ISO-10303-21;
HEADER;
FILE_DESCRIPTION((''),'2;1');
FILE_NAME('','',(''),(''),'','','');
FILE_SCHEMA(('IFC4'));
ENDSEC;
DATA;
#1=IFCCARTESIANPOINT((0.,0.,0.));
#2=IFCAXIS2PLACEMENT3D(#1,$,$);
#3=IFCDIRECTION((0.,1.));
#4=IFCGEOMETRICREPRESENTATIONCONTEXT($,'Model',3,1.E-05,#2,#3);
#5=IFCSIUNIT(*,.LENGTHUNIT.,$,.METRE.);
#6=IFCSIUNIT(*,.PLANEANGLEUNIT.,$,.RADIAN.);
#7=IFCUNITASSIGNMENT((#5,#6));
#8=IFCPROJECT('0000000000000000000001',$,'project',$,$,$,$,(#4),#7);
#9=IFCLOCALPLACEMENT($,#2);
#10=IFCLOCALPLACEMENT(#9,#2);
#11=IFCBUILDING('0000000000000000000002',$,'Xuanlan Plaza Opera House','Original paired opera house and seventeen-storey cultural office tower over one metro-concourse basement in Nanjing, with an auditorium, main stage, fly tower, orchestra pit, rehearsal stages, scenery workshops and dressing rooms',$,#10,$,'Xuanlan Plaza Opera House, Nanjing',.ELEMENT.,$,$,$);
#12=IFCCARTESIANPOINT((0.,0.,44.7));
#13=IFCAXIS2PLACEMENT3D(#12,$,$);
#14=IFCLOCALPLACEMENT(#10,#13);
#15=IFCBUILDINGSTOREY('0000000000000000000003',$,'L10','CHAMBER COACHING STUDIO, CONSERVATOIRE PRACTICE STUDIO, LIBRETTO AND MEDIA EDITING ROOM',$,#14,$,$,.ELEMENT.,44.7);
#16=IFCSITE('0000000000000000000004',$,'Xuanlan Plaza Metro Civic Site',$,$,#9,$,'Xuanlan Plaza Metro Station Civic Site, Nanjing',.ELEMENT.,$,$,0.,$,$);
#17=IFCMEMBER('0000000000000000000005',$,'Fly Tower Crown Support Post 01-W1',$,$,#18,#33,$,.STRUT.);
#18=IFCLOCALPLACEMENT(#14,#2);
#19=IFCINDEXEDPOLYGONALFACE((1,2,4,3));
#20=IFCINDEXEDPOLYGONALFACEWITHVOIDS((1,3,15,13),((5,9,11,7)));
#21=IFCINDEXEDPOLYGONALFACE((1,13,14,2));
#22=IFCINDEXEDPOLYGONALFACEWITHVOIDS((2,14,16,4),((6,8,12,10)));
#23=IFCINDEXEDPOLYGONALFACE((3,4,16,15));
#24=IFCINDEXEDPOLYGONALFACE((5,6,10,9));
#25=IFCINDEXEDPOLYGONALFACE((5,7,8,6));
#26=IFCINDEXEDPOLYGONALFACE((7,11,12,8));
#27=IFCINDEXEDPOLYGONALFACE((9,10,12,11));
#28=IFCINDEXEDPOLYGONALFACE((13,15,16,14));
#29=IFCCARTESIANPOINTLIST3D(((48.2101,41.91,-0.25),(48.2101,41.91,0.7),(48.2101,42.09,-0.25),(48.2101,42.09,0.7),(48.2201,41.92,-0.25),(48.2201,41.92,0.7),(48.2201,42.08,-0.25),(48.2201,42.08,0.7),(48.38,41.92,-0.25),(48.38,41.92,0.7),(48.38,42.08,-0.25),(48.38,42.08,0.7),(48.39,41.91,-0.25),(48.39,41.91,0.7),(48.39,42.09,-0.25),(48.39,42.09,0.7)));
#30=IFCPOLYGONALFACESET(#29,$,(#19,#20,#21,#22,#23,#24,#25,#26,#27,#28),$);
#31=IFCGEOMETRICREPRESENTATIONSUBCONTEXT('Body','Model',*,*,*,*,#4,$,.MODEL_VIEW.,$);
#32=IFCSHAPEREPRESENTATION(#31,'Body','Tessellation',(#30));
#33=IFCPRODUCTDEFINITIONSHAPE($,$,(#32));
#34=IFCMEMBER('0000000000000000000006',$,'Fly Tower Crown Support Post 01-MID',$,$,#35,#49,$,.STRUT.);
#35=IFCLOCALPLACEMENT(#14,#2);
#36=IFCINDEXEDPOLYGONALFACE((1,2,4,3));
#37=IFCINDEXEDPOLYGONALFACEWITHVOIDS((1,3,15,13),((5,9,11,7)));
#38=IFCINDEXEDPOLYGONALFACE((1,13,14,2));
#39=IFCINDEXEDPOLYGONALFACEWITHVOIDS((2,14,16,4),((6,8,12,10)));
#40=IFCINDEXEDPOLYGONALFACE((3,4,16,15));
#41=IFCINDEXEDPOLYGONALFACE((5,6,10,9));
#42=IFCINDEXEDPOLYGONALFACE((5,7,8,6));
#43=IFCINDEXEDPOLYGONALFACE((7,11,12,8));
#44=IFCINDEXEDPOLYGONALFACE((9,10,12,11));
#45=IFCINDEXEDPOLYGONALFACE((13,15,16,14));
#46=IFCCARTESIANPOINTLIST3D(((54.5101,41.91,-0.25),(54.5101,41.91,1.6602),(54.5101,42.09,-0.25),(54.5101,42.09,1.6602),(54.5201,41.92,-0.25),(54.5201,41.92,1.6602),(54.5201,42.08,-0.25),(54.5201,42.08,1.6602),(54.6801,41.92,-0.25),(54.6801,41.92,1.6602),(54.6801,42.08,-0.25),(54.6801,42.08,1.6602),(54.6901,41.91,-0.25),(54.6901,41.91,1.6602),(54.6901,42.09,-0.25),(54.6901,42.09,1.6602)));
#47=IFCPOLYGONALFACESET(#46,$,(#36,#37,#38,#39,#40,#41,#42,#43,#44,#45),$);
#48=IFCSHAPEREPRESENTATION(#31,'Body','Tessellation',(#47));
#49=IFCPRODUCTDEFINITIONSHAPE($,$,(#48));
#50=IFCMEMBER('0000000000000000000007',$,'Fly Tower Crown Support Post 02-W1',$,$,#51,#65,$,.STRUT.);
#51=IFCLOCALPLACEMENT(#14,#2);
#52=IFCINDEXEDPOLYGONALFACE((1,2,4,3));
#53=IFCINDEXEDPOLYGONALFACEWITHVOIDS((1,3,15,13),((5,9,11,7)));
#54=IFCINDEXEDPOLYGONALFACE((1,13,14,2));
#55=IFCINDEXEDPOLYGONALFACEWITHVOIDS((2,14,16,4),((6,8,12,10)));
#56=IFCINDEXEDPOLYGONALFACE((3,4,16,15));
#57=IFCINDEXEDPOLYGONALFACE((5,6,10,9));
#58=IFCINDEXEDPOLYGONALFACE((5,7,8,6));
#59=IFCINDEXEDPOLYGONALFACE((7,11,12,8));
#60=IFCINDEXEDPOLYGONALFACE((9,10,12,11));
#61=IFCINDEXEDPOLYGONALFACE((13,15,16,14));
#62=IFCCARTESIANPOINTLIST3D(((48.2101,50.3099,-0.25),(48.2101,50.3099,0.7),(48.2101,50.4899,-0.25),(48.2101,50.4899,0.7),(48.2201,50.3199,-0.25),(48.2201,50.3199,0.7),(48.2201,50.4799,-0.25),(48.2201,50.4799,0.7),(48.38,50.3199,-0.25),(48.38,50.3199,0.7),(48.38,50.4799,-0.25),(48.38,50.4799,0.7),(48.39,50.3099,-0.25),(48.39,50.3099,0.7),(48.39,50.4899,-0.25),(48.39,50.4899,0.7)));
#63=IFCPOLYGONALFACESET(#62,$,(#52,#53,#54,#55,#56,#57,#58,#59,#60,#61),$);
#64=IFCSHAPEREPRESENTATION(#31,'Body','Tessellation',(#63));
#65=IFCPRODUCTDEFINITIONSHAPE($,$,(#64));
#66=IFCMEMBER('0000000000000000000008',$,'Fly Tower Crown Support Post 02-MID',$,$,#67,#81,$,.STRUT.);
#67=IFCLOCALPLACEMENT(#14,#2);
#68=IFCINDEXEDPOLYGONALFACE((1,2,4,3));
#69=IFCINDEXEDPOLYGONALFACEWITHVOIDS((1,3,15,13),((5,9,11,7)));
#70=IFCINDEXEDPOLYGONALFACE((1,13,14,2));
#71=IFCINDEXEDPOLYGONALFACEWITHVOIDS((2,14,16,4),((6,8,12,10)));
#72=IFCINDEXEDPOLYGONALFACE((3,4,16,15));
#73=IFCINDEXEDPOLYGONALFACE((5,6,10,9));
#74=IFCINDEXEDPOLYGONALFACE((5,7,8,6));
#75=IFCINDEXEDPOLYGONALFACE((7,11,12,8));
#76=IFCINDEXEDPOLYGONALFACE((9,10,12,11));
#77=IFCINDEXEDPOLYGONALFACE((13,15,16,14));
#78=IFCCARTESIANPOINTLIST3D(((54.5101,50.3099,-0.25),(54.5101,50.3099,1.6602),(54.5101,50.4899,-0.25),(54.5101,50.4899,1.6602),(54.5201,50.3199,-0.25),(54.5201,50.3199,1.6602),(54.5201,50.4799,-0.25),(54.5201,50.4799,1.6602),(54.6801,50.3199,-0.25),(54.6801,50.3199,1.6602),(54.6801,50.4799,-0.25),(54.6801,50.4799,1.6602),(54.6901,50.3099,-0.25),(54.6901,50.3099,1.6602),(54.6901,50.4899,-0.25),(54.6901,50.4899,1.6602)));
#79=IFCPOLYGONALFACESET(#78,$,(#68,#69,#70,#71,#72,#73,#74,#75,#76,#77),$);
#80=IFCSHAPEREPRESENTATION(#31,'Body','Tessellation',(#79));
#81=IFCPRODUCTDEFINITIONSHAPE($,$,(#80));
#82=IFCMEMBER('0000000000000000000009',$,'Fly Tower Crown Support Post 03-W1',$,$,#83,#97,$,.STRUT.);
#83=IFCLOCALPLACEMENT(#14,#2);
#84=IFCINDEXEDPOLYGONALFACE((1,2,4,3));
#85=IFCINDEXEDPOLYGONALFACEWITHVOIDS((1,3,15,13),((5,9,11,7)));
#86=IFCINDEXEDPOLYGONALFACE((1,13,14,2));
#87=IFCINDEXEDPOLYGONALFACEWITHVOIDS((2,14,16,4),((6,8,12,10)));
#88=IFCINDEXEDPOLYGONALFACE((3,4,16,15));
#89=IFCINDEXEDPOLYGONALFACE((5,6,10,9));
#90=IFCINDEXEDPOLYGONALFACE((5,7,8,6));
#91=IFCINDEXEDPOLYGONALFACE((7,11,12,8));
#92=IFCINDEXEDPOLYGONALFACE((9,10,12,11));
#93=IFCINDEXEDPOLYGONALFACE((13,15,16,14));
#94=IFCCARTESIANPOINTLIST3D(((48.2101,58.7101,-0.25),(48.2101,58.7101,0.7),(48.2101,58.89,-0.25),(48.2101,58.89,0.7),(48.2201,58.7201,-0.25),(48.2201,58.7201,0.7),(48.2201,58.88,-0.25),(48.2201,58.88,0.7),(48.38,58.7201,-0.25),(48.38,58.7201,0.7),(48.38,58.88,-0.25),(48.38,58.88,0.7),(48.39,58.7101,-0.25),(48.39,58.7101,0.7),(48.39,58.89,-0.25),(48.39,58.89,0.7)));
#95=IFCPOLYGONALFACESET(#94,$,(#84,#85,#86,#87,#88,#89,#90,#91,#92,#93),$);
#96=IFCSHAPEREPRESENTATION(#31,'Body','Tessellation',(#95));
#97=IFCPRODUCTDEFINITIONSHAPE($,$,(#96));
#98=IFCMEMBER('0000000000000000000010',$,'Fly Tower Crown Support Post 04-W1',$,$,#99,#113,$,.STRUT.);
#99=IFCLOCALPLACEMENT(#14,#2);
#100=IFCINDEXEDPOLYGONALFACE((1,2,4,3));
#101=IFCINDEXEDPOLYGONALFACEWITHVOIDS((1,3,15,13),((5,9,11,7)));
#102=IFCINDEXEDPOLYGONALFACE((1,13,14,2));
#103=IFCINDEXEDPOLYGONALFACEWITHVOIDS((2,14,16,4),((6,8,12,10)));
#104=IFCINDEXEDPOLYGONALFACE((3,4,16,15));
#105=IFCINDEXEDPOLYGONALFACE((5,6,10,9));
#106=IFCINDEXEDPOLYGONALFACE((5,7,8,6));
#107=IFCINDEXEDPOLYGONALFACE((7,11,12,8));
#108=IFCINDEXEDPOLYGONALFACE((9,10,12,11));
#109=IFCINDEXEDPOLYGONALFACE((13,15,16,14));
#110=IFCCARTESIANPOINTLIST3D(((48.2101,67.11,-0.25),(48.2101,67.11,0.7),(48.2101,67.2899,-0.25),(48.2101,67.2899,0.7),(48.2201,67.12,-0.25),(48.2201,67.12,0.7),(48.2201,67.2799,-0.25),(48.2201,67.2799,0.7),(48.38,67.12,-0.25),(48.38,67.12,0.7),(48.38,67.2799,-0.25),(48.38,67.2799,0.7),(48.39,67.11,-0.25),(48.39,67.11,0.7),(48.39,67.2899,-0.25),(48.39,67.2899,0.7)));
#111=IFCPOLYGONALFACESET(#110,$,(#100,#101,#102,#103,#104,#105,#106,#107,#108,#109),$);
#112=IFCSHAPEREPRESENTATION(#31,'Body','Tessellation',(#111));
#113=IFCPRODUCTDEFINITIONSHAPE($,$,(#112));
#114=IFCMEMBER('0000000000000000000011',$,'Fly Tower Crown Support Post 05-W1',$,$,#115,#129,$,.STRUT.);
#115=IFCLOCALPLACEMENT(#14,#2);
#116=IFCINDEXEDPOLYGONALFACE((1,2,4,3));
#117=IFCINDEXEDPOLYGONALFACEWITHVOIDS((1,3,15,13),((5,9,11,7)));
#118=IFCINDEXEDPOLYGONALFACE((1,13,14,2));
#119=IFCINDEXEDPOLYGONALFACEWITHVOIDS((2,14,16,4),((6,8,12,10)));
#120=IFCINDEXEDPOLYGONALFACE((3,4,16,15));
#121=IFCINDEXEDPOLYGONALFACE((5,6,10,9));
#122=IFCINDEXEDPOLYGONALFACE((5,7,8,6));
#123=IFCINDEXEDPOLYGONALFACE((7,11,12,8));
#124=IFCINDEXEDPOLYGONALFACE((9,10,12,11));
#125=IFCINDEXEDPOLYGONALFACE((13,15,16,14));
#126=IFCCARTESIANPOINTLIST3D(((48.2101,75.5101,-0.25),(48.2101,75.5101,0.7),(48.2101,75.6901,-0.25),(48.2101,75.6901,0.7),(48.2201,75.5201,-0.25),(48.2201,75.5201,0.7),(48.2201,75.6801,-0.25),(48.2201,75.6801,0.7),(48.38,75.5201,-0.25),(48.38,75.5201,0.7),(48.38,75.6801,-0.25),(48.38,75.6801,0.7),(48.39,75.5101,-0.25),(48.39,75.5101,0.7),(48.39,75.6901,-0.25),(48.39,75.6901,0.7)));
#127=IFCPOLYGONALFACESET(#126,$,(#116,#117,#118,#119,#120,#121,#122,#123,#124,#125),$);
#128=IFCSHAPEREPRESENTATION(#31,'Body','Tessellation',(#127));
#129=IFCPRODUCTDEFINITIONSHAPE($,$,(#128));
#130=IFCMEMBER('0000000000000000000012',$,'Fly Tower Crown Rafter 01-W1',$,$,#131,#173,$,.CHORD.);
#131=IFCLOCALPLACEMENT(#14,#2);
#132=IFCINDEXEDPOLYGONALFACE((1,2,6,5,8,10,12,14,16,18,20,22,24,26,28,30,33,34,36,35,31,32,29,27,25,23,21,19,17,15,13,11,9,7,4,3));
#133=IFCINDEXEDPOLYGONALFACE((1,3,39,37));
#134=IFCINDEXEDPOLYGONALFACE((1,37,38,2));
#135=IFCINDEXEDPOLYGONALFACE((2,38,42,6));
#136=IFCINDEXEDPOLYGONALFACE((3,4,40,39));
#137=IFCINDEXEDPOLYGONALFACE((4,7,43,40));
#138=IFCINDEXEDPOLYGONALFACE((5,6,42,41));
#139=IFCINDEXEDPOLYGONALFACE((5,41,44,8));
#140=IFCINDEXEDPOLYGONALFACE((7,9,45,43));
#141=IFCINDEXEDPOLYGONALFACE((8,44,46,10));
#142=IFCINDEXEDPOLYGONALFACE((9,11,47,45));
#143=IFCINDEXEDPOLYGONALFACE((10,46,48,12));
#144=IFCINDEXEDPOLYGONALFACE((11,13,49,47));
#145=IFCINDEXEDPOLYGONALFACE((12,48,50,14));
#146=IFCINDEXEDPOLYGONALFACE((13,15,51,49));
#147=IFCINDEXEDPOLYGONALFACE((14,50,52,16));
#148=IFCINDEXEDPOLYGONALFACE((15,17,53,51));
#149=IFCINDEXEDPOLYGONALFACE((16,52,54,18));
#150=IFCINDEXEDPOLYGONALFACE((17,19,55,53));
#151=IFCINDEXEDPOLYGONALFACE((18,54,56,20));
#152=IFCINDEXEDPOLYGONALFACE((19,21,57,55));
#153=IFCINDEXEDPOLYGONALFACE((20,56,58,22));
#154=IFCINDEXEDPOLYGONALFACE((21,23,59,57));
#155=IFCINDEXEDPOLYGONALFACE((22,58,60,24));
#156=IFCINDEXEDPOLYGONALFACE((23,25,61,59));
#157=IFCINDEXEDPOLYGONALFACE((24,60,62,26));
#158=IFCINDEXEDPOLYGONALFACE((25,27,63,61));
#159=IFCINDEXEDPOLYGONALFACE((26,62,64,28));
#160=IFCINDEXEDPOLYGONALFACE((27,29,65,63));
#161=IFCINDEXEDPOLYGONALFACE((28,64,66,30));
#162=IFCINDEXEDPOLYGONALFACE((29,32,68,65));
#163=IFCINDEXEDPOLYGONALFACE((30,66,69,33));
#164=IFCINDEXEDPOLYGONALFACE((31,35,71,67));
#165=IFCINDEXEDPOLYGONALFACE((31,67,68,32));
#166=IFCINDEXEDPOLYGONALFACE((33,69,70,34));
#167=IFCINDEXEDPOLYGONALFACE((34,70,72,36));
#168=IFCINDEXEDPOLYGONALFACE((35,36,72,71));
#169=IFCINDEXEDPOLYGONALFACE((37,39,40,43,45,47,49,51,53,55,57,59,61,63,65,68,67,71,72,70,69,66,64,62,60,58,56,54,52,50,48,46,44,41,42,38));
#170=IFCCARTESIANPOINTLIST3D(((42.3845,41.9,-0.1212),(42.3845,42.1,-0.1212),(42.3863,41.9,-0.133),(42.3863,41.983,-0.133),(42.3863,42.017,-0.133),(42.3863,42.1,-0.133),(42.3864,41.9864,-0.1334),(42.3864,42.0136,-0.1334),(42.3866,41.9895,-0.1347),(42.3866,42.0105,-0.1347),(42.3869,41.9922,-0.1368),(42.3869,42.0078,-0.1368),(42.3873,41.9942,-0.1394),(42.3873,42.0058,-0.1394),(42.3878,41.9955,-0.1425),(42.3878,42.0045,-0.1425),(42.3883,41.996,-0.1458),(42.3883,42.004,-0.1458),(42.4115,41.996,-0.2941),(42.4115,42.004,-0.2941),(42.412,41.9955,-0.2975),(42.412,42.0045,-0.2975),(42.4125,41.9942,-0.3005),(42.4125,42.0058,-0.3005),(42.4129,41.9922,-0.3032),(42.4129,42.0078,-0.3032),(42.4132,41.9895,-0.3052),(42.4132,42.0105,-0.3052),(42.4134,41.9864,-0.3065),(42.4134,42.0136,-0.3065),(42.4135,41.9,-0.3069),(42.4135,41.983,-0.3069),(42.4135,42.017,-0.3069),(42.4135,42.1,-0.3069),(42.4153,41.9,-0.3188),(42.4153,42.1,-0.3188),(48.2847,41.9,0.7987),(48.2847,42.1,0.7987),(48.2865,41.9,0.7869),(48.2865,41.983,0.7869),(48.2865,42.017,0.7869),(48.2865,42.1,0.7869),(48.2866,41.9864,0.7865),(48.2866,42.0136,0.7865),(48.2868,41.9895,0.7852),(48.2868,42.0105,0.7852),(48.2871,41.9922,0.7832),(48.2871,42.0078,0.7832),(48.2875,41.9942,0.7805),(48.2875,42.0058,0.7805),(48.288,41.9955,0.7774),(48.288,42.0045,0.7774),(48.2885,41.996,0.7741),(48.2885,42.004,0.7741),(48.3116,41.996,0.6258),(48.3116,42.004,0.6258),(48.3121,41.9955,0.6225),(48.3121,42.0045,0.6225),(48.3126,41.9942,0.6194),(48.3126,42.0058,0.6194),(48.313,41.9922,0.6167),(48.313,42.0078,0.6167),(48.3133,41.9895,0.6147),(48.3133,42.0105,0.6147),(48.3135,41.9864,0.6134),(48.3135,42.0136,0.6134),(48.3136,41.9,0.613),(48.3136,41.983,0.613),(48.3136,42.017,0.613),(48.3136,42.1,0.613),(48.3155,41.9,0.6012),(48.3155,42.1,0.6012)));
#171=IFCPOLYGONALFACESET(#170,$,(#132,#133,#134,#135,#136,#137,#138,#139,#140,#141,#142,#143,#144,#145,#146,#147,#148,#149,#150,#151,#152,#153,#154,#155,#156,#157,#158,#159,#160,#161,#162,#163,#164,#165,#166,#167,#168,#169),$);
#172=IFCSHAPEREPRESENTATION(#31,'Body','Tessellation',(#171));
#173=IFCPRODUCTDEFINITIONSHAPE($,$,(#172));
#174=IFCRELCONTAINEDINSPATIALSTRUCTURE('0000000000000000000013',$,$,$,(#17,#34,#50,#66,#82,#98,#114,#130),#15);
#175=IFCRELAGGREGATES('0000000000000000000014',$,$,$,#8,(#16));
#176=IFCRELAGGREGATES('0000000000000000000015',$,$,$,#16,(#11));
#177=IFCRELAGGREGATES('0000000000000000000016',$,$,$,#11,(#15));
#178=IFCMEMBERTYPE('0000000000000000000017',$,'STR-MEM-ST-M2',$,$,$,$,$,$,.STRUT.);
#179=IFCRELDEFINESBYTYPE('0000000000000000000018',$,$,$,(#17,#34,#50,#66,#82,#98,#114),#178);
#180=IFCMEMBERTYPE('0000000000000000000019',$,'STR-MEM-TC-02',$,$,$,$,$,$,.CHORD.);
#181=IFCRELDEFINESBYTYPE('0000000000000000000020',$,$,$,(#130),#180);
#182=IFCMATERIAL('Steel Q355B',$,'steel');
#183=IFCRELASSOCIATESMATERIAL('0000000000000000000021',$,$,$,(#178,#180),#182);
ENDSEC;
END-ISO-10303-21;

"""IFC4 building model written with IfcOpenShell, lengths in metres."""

from ifc_helpers import new_model, si_unit, direction, frame, origin, origin_2d, place, context, subcontext, project, spatial, hollow_rectangle, i_section, extrude, material, material_profile, profile_set, type_object, element, save


model = new_model("IFC4")

# Units and contexts
model_context = context("Model", 3, precision=1e-05, world=origin(), true_north=direction((0.0, 1.0)))
body_context = subcontext(model_context, "Body", "Model", "MODEL_VIEW")
ifc_project = project(units=[si_unit("LENGTHUNIT", "METRE"), si_unit("PLANEANGLEUNIT", "RADIAN")], contexts=[model_context])

# Site, building, storey
site_placement = place(None, origin())
site = spatial("IfcSite", under=ifc_project, at=site_placement, Name="Xuanlan Plaza Metro Civic Site", LongName="Xuanlan Plaza Metro Station Civic Site, Nanjing", CompositionType="ELEMENT", RefElevation=0.0)
building_placement = place(site_placement, origin())
building = spatial("IfcBuilding", under=site, at=building_placement, Name="Xuanlan Plaza Opera House", Description="Original paired opera house and seventeen-storey cultural office tower over one metro-concourse basement in Nanjing, with an auditorium, main stage, fly tower, orchestra pit, rehearsal stages, scenery workshops and dressing rooms", LongName="Xuanlan Plaza Opera House, Nanjing", CompositionType="ELEMENT")
storey_placement = place(building_placement, frame((0.0, 0.0, 44.7)))
storey = spatial("IfcBuildingStorey", under=building, at=storey_placement, Name="L10", Description="CHAMBER COACHING STUDIO, CONSERVATOIRE PRACTICE STUDIO, LIBRETTO AND MEDIA EDITING ROOM", CompositionType="ELEMENT", Elevation=44.7)

# Members
ifc_material_1 = material(Name="Steel Q355B", Category="steel")
ifc_material_profile_1 = material_profile(ifc_material_1, hollow_rectangle(XDim=0.1799, YDim=0.1799, WallThickness=0.01, at=origin_2d()), Name="SHS 180x180x10")
ifc_profile_set_1 = profile_set([ifc_material_profile_1], Name="Steel Q355B")
member_type_1 = type_object("IfcMemberType", Name="STR-MEM-ST-M2", PredefinedType="STRUT", material=ifc_profile_set_1)
member_1_placement = place(storey_placement, frame((48.3, 42.0, -0.25), z_axis=(0.0, 0.0, 1.0), x_axis=(1.0, 0.0, 0.0)))
element("IfcMember", 1, at=member_1_placement, inside=storey, type_object=member_type_1, Name="Fly Tower Crown Support Post 01-W1", PredefinedType="STRUT", context=body_context, shape_type="SweptSolid", body=[
    extrude(hollow_rectangle(XDim=0.1799, YDim=0.1799, WallThickness=0.01, at=origin_2d()), origin(), (0.0, 0.0, 1.0), 0.95),
])
member_2_placement = place(storey_placement, frame((54.6001, 42.0, -0.25), z_axis=(0.0, 0.0, 1.0), x_axis=(1.0, 0.0, 0.0)))
element("IfcMember", 2, at=member_2_placement, inside=storey, type_object=member_type_1, Name="Fly Tower Crown Support Post 01-MID", PredefinedType="STRUT", context=body_context, shape_type="SweptSolid", body=[
    extrude(hollow_rectangle(XDim=0.1799, YDim=0.1799, WallThickness=0.01, at=origin_2d()), origin(), (0.0, 0.0, 1.0), 1.9102),
])
member_3_placement = place(storey_placement, frame((48.3, 50.3999, -0.25), z_axis=(0.0, 0.0, 1.0), x_axis=(1.0, 0.0, 0.0)))
element("IfcMember", 3, at=member_3_placement, inside=storey, type_object=member_type_1, Name="Fly Tower Crown Support Post 02-W1", PredefinedType="STRUT", context=body_context, shape_type="SweptSolid", body=[
    extrude(hollow_rectangle(XDim=0.1799, YDim=0.1799, WallThickness=0.01, at=origin_2d()), origin(), (0.0, 0.0, 1.0), 0.95),
])
member_4_placement = place(storey_placement, frame((54.6001, 50.3999, -0.25), z_axis=(0.0, 0.0, 1.0), x_axis=(1.0, 0.0, 0.0)))
element("IfcMember", 4, at=member_4_placement, inside=storey, type_object=member_type_1, Name="Fly Tower Crown Support Post 02-MID", PredefinedType="STRUT", context=body_context, shape_type="SweptSolid", body=[
    extrude(hollow_rectangle(XDim=0.1799, YDim=0.1799, WallThickness=0.01, at=origin_2d()), origin(), (0.0, 0.0, 1.0), 1.9102),
])
for number, where, z_axis, x_axis, name in (
    (5, (48.3, 58.8, -0.25), (0.0, 0.0, 1.0), (1.0, 0.0, 0.0), "Fly Tower Crown Support Post 03-W1"),
    (6, (48.3, 67.2, -0.25), (0.0, 0.0, 1.0), (1.0, 0.0, 0.0), "Fly Tower Crown Support Post 04-W1"),
    (7, (48.3, 75.6001, -0.25), (0.0, 0.0, 1.0), (1.0, 0.0, 0.0), "Fly Tower Crown Support Post 05-W1"),
):
    element("IfcMember", number, at=place(storey_placement, frame(where, z_axis=z_axis, x_axis=x_axis)), inside=storey, type_object=member_type_1, Name=name, PredefinedType="STRUT", context=body_context, shape_type="SweptSolid", body=[
        extrude(hollow_rectangle(XDim=0.1799, YDim=0.1799, WallThickness=0.01, at=origin_2d()), origin(), (0.0, 0.0, 1.0), 0.95),
    ])
ifc_material_profile_2 = material_profile(ifc_material_1, i_section(OverallWidth=0.2, OverallDepth=0.2, WebThickness=0.0081, FlangeThickness=0.012, FilletRadius=0.0129, at=origin_2d()), Name="HW 200x200x8x12")
ifc_profile_set_2 = profile_set([ifc_material_profile_2], Name="Steel Q355B")
member_type_2 = type_object("IfcMemberType", Name="STR-MEM-TC-02", PredefinedType="CHORD", material=ifc_profile_set_2)
member_5_placement = place(storey_placement, frame((42.3999, 42.0, -0.22), z_axis=(0.988062, 0.0, 0.154054), x_axis=(0.0, 1.0, 0.0)))
element("IfcMember", 8, at=member_5_placement, inside=storey, type_object=member_type_2, Name="Fly Tower Crown Rafter 01-W1", PredefinedType="CHORD", context=body_context, shape_type="SweptSolid", body=[
    extrude(i_section(OverallWidth=0.2, OverallDepth=0.2, WebThickness=0.0081, FlangeThickness=0.012, FilletRadius=0.0129, at=origin_2d()), origin(), (0.0, 0.0, 1.0), 5.9714),
])

save(model, "model.ifc")
